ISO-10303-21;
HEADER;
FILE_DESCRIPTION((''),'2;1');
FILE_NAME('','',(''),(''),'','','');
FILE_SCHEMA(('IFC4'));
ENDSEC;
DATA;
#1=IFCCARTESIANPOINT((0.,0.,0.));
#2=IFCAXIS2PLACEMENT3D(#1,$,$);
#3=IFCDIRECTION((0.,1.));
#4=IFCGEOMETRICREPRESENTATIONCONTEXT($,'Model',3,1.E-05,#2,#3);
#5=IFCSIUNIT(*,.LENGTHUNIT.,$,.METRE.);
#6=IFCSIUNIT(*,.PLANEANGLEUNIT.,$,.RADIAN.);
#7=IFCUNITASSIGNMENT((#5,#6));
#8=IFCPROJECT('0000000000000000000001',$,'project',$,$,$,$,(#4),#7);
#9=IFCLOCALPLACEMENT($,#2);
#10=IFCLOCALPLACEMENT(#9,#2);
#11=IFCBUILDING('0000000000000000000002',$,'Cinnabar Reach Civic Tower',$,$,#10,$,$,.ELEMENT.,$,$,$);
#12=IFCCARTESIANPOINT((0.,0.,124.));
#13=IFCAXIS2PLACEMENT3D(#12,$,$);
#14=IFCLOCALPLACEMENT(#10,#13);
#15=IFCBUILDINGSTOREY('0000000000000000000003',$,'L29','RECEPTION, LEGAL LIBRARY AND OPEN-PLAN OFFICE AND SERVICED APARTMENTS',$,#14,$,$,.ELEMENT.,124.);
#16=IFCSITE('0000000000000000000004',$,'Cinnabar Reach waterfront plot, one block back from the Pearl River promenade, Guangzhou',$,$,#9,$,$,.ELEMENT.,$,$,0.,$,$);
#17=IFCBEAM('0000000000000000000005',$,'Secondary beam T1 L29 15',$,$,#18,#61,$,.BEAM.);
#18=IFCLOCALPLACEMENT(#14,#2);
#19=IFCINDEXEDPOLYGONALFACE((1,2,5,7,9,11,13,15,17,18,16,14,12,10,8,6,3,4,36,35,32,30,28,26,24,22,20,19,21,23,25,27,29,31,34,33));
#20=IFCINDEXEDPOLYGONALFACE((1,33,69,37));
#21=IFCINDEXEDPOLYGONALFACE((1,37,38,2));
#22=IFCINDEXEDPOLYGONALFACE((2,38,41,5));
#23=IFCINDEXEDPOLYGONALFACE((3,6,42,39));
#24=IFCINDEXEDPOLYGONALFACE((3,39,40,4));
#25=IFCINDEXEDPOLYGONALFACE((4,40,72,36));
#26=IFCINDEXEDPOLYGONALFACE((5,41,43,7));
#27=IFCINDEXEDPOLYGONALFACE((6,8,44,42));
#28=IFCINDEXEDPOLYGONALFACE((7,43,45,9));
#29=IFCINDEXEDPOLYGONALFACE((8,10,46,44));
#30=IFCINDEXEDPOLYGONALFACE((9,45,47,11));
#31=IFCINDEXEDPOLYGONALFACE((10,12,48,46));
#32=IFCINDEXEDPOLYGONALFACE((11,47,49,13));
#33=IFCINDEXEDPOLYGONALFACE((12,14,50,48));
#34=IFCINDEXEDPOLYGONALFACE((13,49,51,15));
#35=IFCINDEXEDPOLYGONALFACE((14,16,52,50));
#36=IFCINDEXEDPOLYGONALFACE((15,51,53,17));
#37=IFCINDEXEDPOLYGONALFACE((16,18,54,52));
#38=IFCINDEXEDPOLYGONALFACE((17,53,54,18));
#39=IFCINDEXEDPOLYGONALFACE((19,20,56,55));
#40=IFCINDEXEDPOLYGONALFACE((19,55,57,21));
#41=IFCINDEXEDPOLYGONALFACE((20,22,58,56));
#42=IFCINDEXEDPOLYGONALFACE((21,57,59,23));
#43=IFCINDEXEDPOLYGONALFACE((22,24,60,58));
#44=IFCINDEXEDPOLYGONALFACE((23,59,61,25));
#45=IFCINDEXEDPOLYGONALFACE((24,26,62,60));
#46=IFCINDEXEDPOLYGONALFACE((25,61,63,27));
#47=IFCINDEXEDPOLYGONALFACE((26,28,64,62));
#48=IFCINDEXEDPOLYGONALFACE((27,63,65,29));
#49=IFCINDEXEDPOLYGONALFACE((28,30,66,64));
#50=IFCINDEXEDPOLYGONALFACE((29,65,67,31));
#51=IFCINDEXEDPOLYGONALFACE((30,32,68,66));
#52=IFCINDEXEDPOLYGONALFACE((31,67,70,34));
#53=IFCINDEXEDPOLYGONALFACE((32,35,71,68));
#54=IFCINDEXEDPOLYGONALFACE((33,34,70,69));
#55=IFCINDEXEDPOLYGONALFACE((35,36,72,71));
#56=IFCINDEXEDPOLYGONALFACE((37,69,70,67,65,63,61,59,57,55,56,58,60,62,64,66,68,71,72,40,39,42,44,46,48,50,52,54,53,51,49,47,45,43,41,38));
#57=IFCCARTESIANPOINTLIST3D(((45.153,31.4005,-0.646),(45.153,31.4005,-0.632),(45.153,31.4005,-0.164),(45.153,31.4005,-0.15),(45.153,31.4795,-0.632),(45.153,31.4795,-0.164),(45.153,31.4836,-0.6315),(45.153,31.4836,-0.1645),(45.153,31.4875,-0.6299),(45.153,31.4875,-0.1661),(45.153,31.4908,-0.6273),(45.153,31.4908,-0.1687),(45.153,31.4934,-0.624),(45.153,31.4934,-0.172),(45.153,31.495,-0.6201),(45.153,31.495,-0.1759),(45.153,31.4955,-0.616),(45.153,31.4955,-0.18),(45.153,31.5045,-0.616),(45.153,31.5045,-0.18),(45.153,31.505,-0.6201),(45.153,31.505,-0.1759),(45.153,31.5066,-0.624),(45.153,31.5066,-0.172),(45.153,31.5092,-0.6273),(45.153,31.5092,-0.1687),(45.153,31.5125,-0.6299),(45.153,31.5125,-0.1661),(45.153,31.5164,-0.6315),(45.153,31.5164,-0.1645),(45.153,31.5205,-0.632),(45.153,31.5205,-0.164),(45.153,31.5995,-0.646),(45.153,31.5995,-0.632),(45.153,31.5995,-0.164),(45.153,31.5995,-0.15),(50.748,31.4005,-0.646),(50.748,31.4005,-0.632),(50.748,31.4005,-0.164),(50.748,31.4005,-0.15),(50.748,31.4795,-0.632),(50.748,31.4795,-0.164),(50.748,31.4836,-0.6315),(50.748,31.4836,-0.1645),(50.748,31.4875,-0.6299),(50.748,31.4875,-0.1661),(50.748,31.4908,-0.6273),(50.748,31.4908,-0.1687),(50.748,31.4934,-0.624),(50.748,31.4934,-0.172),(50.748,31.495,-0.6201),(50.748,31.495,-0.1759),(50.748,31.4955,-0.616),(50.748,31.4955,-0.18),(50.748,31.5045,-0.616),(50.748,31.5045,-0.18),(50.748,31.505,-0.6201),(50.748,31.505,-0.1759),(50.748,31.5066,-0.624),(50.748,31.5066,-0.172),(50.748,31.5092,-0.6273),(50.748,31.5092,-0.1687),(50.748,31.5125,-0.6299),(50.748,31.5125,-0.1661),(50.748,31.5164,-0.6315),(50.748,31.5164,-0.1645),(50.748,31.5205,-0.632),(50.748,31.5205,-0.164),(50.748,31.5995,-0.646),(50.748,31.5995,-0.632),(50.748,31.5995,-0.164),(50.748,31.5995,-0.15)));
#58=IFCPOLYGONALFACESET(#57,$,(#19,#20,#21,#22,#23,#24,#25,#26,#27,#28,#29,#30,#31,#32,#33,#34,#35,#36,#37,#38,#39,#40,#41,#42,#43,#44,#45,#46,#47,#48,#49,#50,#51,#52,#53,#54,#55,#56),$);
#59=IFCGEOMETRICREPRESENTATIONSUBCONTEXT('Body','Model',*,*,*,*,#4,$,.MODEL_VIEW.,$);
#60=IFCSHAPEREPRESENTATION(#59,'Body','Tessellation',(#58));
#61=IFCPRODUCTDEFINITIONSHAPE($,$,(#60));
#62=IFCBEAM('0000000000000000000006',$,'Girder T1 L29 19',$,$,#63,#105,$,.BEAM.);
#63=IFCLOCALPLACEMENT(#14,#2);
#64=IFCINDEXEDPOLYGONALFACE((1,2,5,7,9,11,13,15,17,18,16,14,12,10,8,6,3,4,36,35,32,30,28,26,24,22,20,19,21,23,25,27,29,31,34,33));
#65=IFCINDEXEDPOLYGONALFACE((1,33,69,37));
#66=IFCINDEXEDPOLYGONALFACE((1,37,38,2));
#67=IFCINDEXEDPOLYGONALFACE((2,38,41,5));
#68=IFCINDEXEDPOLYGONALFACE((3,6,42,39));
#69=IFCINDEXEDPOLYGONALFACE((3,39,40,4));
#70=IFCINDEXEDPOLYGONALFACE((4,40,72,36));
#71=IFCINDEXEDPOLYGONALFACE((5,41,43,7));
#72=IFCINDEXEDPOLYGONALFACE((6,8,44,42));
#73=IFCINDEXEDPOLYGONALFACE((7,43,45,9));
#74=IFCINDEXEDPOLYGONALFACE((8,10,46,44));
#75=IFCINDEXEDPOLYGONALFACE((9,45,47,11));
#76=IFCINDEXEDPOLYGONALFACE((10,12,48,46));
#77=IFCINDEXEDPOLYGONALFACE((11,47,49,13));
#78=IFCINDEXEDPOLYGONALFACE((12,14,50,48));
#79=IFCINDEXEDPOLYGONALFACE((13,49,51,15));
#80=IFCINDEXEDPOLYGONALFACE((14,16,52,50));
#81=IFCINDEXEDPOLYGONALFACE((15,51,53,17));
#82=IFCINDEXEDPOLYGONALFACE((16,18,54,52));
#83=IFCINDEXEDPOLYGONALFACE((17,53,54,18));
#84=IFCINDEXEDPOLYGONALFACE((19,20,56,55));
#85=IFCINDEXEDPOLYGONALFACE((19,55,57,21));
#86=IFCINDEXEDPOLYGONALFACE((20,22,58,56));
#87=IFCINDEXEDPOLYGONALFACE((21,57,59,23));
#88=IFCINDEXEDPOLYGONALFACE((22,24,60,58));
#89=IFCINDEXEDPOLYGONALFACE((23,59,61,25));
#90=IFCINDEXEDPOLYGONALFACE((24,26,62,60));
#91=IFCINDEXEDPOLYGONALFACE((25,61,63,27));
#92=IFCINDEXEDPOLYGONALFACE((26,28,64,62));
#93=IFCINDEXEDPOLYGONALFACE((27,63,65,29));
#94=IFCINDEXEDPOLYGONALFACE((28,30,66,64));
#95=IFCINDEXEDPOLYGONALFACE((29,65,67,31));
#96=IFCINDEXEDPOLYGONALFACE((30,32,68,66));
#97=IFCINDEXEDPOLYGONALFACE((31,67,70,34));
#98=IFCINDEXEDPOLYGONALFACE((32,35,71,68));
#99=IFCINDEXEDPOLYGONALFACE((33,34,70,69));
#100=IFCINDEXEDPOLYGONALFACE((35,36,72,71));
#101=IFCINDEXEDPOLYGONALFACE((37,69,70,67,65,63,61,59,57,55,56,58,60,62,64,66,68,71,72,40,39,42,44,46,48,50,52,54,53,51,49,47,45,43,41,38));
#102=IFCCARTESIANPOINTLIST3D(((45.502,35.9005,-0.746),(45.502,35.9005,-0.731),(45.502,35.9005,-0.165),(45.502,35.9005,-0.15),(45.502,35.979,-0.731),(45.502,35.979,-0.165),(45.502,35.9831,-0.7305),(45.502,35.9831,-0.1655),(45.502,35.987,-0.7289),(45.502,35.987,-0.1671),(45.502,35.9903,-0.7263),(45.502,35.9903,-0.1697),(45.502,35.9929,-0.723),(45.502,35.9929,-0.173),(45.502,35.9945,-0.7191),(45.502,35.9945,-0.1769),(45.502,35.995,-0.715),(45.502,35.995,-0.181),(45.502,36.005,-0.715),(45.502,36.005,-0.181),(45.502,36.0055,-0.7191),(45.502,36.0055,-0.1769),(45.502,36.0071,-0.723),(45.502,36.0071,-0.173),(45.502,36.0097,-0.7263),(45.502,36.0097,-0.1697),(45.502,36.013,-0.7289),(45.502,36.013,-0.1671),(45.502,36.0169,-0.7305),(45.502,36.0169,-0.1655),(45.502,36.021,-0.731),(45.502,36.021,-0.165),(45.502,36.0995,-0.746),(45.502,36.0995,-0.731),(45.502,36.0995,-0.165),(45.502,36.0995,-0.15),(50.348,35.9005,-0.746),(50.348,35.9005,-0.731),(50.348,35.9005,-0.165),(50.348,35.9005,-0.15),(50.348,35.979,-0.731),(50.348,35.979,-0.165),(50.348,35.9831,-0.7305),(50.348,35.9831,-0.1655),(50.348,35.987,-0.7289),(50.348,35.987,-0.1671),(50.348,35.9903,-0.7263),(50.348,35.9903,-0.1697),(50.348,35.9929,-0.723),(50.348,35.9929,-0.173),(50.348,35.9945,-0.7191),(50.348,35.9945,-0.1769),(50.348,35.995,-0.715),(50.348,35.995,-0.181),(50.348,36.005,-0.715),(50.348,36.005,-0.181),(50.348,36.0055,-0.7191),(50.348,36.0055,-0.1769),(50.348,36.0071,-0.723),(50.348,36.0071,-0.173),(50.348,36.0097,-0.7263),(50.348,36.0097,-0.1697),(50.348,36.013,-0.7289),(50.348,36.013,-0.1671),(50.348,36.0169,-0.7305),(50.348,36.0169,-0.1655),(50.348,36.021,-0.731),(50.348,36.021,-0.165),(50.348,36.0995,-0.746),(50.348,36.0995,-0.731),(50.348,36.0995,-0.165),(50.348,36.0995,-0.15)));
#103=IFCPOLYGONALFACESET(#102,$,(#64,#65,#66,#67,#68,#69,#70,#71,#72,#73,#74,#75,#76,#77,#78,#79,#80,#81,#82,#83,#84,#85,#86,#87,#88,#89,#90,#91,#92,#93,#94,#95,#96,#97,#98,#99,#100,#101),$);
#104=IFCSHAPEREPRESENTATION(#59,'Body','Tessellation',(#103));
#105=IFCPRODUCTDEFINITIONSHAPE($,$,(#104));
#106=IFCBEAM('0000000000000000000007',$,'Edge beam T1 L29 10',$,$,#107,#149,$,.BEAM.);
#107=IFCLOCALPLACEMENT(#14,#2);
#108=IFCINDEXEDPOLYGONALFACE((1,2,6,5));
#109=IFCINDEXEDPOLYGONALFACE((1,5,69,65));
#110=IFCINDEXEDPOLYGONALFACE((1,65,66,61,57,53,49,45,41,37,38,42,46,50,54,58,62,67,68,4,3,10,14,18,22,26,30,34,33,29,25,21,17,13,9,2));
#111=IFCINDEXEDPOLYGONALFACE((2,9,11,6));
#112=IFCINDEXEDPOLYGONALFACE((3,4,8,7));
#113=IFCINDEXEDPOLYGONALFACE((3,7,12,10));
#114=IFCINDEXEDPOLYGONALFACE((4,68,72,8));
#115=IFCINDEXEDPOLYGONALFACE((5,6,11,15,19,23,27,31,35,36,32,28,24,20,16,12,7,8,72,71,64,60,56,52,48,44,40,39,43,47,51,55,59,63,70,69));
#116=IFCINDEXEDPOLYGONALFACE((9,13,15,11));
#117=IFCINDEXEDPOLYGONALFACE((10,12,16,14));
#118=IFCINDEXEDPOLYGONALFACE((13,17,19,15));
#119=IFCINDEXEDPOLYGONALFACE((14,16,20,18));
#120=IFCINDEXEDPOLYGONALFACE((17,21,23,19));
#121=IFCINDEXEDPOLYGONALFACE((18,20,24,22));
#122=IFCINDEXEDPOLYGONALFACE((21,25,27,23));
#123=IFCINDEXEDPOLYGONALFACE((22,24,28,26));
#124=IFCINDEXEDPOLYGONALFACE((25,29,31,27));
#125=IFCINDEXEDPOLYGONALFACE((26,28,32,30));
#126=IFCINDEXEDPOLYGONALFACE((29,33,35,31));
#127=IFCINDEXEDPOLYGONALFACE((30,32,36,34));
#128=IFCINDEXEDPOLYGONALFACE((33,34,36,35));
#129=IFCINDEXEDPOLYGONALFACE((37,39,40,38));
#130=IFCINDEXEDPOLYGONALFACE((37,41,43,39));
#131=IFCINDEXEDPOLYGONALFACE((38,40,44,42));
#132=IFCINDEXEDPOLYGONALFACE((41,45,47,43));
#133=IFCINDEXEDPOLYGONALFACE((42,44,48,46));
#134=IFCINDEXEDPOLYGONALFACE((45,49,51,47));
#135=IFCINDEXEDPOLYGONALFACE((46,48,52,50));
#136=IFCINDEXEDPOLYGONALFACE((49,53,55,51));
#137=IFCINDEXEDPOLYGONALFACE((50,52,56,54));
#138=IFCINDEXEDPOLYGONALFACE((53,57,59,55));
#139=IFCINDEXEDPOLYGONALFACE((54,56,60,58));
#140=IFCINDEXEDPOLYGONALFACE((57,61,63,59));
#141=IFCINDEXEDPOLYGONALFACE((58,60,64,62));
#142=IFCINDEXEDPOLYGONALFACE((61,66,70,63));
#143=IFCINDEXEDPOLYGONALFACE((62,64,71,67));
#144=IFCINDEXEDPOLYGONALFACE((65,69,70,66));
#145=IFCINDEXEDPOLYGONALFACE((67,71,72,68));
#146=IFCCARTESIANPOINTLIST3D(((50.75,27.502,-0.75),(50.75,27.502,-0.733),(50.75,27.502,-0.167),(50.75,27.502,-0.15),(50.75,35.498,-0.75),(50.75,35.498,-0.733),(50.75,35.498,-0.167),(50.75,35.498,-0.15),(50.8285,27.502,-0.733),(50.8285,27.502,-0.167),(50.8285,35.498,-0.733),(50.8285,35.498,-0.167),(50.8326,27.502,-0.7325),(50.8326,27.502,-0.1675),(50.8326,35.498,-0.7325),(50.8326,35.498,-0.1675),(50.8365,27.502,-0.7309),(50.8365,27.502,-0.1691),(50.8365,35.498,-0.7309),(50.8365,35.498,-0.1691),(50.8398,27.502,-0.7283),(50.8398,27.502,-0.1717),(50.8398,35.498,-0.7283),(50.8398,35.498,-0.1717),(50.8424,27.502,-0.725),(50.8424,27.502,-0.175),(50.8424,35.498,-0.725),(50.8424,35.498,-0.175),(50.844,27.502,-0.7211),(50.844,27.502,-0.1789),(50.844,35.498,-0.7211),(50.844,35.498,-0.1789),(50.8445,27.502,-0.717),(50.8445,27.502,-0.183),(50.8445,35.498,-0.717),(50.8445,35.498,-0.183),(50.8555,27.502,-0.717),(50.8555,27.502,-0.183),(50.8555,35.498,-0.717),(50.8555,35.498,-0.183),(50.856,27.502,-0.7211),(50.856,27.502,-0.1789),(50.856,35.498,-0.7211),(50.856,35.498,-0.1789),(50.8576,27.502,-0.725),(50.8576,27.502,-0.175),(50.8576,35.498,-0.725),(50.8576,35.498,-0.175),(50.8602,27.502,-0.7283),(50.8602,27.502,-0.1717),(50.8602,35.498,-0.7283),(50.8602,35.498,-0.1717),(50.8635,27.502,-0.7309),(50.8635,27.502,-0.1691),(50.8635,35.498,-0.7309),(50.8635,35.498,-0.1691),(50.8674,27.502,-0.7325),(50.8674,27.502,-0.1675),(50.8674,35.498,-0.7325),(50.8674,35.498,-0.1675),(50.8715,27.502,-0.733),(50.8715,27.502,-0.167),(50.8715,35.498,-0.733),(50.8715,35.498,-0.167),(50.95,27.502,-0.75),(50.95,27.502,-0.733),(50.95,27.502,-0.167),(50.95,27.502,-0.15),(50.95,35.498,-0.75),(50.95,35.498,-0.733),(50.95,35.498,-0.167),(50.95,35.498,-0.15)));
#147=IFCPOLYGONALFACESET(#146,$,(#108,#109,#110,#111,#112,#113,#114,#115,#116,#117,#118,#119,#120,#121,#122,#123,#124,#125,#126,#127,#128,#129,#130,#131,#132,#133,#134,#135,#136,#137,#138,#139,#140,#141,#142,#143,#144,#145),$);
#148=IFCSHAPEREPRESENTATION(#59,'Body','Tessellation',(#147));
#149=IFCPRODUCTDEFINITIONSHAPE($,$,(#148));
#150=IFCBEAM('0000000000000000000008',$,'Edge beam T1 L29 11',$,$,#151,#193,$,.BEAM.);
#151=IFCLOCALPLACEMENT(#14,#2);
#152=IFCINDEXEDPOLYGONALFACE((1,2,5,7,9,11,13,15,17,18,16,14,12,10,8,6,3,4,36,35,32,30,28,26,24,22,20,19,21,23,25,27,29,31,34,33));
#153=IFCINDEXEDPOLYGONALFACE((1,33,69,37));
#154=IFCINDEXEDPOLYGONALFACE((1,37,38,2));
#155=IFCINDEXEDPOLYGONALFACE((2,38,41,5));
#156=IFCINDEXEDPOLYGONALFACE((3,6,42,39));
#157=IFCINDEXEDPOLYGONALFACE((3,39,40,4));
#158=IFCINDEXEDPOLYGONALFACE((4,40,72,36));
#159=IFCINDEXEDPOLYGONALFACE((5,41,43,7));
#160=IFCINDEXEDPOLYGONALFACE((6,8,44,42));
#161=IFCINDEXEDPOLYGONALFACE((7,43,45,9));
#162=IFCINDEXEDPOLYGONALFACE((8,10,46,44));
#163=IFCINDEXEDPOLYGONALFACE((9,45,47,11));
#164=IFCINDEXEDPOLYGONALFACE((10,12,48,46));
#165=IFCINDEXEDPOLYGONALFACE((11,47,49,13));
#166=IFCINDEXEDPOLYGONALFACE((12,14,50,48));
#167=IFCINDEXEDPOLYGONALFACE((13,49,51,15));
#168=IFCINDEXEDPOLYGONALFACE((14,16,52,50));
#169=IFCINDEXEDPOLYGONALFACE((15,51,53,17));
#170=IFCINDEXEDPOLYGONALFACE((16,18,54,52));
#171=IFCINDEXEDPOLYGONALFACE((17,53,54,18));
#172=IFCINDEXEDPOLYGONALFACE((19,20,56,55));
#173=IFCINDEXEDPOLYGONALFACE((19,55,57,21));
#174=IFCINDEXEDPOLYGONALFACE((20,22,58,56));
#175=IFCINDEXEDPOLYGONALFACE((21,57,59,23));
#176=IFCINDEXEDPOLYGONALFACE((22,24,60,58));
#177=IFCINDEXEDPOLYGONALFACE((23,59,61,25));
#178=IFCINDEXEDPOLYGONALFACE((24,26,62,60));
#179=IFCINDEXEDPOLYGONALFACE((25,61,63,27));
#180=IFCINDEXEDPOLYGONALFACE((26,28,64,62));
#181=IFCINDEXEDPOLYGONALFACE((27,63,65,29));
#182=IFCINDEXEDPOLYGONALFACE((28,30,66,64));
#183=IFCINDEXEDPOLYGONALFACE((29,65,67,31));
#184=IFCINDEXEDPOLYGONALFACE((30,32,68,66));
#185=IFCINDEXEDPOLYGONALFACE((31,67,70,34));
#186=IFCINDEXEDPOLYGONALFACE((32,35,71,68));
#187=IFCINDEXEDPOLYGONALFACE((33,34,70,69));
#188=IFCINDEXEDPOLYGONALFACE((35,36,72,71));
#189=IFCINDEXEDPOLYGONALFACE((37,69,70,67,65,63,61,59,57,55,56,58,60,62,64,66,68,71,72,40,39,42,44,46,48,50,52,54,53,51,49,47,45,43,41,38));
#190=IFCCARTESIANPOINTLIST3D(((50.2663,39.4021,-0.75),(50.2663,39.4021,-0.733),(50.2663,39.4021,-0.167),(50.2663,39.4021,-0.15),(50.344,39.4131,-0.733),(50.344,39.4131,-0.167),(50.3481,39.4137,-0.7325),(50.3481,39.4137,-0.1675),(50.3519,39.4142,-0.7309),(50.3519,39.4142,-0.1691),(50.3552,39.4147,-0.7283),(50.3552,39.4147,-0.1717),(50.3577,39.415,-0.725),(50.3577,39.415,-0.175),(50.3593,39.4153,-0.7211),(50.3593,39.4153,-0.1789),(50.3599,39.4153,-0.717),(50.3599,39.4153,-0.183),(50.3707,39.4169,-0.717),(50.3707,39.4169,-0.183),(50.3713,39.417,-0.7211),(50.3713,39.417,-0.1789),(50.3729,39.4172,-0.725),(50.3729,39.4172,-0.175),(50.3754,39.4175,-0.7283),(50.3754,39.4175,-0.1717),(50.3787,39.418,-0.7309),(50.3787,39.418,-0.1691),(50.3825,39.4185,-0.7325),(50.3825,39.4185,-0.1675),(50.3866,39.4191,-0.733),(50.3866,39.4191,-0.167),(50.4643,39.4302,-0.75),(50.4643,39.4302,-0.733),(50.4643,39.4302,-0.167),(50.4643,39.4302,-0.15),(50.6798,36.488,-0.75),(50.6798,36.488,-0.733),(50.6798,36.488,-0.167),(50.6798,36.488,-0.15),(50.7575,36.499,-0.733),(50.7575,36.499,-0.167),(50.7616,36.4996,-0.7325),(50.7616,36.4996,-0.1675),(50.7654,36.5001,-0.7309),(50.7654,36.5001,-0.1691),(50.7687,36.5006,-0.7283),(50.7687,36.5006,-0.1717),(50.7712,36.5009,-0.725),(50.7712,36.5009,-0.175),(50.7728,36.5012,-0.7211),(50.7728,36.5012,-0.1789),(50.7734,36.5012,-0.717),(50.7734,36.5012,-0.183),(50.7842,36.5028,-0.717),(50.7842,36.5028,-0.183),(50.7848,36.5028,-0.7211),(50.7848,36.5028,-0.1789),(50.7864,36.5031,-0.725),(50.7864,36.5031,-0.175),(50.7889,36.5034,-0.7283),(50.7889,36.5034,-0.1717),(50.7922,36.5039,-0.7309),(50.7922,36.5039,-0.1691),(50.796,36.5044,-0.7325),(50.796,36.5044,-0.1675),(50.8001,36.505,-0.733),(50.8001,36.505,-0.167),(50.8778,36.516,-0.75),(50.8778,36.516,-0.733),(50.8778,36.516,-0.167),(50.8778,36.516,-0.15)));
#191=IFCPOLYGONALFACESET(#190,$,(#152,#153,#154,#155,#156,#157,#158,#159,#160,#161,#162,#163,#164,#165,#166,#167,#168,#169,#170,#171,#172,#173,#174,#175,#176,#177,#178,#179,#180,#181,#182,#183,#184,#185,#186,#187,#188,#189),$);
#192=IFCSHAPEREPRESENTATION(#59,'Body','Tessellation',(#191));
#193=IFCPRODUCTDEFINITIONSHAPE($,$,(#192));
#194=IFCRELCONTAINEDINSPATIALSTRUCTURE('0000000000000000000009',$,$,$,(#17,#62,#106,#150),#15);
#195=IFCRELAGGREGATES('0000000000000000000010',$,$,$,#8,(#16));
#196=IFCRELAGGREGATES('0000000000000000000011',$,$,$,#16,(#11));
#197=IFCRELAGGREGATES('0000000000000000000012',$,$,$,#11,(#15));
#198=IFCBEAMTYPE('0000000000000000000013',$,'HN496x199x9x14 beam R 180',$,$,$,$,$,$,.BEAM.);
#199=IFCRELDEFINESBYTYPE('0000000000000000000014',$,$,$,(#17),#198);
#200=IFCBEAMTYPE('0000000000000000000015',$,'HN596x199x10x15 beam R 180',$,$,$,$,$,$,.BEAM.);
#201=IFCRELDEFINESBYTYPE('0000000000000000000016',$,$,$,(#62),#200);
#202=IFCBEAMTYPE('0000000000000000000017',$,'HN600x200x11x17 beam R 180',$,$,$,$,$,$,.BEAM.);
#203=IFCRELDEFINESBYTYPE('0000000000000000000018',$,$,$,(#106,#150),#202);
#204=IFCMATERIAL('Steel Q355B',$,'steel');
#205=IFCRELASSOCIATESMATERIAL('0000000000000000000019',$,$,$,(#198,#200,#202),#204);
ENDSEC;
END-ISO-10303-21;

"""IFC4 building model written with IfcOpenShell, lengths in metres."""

from ifc_helpers import new_model, si_unit, direction, frame, origin, origin_2d, place, context, subcontext, project, spatial, i_section, extrude, material, material_profile, profile_set, type_object, element, save


model = new_model("IFC4")

# Units and contexts
model_context = context("Model", 3, precision=1e-05, world=origin(), true_north=direction((0.0, 1.0)))
body_context = subcontext(model_context, "Body", "Model", "MODEL_VIEW")
ifc_project = project(units=[si_unit("LENGTHUNIT", "METRE"), si_unit("PLANEANGLEUNIT", "RADIAN")], contexts=[model_context])

# Site, building, storey
site_placement = place(None, origin())
site = spatial("IfcSite", under=ifc_project, at=site_placement, Name="Cinnabar Reach waterfront plot, one block back from the Pearl River promenade, Guangzhou", CompositionType="ELEMENT", RefElevation=0.0)
building_placement = place(site_placement, origin())
building = spatial("IfcBuilding", under=site, at=building_placement, Name="Cinnabar Reach Civic Tower", CompositionType="ELEMENT")
storey_placement = place(building_placement, frame((0.0, 0.0, 124.0)))
storey = spatial("IfcBuildingStorey", under=building, at=storey_placement, Name="L29", Description="RECEPTION, LEGAL LIBRARY AND OPEN-PLAN OFFICE AND SERVICED APARTMENTS", CompositionType="ELEMENT", Elevation=124.0)

# Beams
ifc_material_1 = material(Name="Steel Q355B", Category="steel")
ifc_material_profile_1 = material_profile(ifc_material_1, i_section(OverallWidth=0.199, OverallDepth=0.496, WebThickness=0.009, FlangeThickness=0.014, FilletRadius=0.016, at=origin_2d()), Name="HN496x199x9x14")
ifc_profile_set_1 = profile_set([ifc_material_profile_1], Name="Steel Q355B")
beam_type_1 = type_object("IfcBeamType", Name="HN496x199x9x14 beam R 180", PredefinedType="BEAM", material=ifc_profile_set_1)
beam_1_placement = place(storey_placement, frame((45.153, 31.5, -0.398), z_axis=(1.0, 0.0, 0.0), x_axis=(0.0, 1.0, 0.0)))
element("IfcBeam", 1, at=beam_1_placement, inside=storey, type_object=beam_type_1, Name="Secondary beam T1 L29 15", PredefinedType="BEAM", context=body_context, shape_type="SweptSolid", body=[
    extrude(i_section(OverallWidth=0.199, OverallDepth=0.496, WebThickness=0.009, FlangeThickness=0.014, FilletRadius=0.016, at=origin_2d()), origin(), (0.0, 0.0, 1.0), 5.595),
])
ifc_material_profile_2 = material_profile(ifc_material_1, i_section(OverallWidth=0.199, OverallDepth=0.596, WebThickness=0.01, FlangeThickness=0.015, FilletRadius=0.016, at=origin_2d()), Name="HN596x199x10x15")
ifc_profile_set_2 = profile_set([ifc_material_profile_2], Name="Steel Q355B")
beam_type_2 = type_object("IfcBeamType", Name="HN596x199x10x15 beam R 180", PredefinedType="BEAM", material=ifc_profile_set_2)
beam_2_placement = place(storey_placement, frame((45.502, 36.0, -0.448), z_axis=(1.0, 0.0, 0.0), x_axis=(0.0, 1.0, 0.0)))
element("IfcBeam", 2, at=beam_2_placement, inside=storey, type_object=beam_type_2, Name="Girder T1 L29 19", PredefinedType="BEAM", context=body_context, shape_type="SweptSolid", body=[
    extrude(i_section(OverallWidth=0.199, OverallDepth=0.596, WebThickness=0.01, FlangeThickness=0.015, FilletRadius=0.016, at=origin_2d()), origin(), (0.0, 0.0, 1.0), 4.846),
])
ifc_material_profile_3 = material_profile(ifc_material_1, i_section(OverallWidth=0.2, OverallDepth=0.6, WebThickness=0.011, FlangeThickness=0.017, FilletRadius=0.016, at=origin_2d()), Name="HN600x200x11x17")
ifc_profile_set_3 = profile_set([ifc_material_profile_3], Name="Steel Q355B")
beam_type_3 = type_object("IfcBeamType", Name="HN600x200x11x17 beam R 180", PredefinedType="BEAM", material=ifc_profile_set_3)
beam_3_placement = place(storey_placement, frame((50.85, 27.502, -0.45), z_axis=(0.0, 1.0, 0.0), x_axis=(-1.0, 0.0, 0.0)))
element("IfcBeam", 3, at=beam_3_placement, inside=storey, type_object=beam_type_3, Name="Edge beam T1 L29 10", PredefinedType="BEAM", context=body_context, shape_type="SweptSolid", body=[
    extrude(i_section(OverallWidth=0.2, OverallDepth=0.6, WebThickness=0.011, FlangeThickness=0.017, FilletRadius=0.016, at=origin_2d()), origin(), (0.0, 0.0, 1.0), 7.996),
])
beam_4_placement = place(storey_placement, frame((50.7788, 36.502, -0.45), z_axis=(-0.140489, 0.990082, 0.0), x_axis=(-0.990082, -0.140489, 0.0)))
element("IfcBeam", 4, at=beam_4_placement, inside=storey, type_object=beam_type_3, Name="Edge beam T1 L29 11", PredefinedType="BEAM", context=body_context, shape_type="SweptSolid", body=[
    extrude(i_section(OverallWidth=0.2, OverallDepth=0.6, WebThickness=0.011, FlangeThickness=0.017, FilletRadius=0.016, at=origin_2d()), origin(), (0.0, 0.0, 1.0), 2.9433),
])

save(model, "model.ifc")
